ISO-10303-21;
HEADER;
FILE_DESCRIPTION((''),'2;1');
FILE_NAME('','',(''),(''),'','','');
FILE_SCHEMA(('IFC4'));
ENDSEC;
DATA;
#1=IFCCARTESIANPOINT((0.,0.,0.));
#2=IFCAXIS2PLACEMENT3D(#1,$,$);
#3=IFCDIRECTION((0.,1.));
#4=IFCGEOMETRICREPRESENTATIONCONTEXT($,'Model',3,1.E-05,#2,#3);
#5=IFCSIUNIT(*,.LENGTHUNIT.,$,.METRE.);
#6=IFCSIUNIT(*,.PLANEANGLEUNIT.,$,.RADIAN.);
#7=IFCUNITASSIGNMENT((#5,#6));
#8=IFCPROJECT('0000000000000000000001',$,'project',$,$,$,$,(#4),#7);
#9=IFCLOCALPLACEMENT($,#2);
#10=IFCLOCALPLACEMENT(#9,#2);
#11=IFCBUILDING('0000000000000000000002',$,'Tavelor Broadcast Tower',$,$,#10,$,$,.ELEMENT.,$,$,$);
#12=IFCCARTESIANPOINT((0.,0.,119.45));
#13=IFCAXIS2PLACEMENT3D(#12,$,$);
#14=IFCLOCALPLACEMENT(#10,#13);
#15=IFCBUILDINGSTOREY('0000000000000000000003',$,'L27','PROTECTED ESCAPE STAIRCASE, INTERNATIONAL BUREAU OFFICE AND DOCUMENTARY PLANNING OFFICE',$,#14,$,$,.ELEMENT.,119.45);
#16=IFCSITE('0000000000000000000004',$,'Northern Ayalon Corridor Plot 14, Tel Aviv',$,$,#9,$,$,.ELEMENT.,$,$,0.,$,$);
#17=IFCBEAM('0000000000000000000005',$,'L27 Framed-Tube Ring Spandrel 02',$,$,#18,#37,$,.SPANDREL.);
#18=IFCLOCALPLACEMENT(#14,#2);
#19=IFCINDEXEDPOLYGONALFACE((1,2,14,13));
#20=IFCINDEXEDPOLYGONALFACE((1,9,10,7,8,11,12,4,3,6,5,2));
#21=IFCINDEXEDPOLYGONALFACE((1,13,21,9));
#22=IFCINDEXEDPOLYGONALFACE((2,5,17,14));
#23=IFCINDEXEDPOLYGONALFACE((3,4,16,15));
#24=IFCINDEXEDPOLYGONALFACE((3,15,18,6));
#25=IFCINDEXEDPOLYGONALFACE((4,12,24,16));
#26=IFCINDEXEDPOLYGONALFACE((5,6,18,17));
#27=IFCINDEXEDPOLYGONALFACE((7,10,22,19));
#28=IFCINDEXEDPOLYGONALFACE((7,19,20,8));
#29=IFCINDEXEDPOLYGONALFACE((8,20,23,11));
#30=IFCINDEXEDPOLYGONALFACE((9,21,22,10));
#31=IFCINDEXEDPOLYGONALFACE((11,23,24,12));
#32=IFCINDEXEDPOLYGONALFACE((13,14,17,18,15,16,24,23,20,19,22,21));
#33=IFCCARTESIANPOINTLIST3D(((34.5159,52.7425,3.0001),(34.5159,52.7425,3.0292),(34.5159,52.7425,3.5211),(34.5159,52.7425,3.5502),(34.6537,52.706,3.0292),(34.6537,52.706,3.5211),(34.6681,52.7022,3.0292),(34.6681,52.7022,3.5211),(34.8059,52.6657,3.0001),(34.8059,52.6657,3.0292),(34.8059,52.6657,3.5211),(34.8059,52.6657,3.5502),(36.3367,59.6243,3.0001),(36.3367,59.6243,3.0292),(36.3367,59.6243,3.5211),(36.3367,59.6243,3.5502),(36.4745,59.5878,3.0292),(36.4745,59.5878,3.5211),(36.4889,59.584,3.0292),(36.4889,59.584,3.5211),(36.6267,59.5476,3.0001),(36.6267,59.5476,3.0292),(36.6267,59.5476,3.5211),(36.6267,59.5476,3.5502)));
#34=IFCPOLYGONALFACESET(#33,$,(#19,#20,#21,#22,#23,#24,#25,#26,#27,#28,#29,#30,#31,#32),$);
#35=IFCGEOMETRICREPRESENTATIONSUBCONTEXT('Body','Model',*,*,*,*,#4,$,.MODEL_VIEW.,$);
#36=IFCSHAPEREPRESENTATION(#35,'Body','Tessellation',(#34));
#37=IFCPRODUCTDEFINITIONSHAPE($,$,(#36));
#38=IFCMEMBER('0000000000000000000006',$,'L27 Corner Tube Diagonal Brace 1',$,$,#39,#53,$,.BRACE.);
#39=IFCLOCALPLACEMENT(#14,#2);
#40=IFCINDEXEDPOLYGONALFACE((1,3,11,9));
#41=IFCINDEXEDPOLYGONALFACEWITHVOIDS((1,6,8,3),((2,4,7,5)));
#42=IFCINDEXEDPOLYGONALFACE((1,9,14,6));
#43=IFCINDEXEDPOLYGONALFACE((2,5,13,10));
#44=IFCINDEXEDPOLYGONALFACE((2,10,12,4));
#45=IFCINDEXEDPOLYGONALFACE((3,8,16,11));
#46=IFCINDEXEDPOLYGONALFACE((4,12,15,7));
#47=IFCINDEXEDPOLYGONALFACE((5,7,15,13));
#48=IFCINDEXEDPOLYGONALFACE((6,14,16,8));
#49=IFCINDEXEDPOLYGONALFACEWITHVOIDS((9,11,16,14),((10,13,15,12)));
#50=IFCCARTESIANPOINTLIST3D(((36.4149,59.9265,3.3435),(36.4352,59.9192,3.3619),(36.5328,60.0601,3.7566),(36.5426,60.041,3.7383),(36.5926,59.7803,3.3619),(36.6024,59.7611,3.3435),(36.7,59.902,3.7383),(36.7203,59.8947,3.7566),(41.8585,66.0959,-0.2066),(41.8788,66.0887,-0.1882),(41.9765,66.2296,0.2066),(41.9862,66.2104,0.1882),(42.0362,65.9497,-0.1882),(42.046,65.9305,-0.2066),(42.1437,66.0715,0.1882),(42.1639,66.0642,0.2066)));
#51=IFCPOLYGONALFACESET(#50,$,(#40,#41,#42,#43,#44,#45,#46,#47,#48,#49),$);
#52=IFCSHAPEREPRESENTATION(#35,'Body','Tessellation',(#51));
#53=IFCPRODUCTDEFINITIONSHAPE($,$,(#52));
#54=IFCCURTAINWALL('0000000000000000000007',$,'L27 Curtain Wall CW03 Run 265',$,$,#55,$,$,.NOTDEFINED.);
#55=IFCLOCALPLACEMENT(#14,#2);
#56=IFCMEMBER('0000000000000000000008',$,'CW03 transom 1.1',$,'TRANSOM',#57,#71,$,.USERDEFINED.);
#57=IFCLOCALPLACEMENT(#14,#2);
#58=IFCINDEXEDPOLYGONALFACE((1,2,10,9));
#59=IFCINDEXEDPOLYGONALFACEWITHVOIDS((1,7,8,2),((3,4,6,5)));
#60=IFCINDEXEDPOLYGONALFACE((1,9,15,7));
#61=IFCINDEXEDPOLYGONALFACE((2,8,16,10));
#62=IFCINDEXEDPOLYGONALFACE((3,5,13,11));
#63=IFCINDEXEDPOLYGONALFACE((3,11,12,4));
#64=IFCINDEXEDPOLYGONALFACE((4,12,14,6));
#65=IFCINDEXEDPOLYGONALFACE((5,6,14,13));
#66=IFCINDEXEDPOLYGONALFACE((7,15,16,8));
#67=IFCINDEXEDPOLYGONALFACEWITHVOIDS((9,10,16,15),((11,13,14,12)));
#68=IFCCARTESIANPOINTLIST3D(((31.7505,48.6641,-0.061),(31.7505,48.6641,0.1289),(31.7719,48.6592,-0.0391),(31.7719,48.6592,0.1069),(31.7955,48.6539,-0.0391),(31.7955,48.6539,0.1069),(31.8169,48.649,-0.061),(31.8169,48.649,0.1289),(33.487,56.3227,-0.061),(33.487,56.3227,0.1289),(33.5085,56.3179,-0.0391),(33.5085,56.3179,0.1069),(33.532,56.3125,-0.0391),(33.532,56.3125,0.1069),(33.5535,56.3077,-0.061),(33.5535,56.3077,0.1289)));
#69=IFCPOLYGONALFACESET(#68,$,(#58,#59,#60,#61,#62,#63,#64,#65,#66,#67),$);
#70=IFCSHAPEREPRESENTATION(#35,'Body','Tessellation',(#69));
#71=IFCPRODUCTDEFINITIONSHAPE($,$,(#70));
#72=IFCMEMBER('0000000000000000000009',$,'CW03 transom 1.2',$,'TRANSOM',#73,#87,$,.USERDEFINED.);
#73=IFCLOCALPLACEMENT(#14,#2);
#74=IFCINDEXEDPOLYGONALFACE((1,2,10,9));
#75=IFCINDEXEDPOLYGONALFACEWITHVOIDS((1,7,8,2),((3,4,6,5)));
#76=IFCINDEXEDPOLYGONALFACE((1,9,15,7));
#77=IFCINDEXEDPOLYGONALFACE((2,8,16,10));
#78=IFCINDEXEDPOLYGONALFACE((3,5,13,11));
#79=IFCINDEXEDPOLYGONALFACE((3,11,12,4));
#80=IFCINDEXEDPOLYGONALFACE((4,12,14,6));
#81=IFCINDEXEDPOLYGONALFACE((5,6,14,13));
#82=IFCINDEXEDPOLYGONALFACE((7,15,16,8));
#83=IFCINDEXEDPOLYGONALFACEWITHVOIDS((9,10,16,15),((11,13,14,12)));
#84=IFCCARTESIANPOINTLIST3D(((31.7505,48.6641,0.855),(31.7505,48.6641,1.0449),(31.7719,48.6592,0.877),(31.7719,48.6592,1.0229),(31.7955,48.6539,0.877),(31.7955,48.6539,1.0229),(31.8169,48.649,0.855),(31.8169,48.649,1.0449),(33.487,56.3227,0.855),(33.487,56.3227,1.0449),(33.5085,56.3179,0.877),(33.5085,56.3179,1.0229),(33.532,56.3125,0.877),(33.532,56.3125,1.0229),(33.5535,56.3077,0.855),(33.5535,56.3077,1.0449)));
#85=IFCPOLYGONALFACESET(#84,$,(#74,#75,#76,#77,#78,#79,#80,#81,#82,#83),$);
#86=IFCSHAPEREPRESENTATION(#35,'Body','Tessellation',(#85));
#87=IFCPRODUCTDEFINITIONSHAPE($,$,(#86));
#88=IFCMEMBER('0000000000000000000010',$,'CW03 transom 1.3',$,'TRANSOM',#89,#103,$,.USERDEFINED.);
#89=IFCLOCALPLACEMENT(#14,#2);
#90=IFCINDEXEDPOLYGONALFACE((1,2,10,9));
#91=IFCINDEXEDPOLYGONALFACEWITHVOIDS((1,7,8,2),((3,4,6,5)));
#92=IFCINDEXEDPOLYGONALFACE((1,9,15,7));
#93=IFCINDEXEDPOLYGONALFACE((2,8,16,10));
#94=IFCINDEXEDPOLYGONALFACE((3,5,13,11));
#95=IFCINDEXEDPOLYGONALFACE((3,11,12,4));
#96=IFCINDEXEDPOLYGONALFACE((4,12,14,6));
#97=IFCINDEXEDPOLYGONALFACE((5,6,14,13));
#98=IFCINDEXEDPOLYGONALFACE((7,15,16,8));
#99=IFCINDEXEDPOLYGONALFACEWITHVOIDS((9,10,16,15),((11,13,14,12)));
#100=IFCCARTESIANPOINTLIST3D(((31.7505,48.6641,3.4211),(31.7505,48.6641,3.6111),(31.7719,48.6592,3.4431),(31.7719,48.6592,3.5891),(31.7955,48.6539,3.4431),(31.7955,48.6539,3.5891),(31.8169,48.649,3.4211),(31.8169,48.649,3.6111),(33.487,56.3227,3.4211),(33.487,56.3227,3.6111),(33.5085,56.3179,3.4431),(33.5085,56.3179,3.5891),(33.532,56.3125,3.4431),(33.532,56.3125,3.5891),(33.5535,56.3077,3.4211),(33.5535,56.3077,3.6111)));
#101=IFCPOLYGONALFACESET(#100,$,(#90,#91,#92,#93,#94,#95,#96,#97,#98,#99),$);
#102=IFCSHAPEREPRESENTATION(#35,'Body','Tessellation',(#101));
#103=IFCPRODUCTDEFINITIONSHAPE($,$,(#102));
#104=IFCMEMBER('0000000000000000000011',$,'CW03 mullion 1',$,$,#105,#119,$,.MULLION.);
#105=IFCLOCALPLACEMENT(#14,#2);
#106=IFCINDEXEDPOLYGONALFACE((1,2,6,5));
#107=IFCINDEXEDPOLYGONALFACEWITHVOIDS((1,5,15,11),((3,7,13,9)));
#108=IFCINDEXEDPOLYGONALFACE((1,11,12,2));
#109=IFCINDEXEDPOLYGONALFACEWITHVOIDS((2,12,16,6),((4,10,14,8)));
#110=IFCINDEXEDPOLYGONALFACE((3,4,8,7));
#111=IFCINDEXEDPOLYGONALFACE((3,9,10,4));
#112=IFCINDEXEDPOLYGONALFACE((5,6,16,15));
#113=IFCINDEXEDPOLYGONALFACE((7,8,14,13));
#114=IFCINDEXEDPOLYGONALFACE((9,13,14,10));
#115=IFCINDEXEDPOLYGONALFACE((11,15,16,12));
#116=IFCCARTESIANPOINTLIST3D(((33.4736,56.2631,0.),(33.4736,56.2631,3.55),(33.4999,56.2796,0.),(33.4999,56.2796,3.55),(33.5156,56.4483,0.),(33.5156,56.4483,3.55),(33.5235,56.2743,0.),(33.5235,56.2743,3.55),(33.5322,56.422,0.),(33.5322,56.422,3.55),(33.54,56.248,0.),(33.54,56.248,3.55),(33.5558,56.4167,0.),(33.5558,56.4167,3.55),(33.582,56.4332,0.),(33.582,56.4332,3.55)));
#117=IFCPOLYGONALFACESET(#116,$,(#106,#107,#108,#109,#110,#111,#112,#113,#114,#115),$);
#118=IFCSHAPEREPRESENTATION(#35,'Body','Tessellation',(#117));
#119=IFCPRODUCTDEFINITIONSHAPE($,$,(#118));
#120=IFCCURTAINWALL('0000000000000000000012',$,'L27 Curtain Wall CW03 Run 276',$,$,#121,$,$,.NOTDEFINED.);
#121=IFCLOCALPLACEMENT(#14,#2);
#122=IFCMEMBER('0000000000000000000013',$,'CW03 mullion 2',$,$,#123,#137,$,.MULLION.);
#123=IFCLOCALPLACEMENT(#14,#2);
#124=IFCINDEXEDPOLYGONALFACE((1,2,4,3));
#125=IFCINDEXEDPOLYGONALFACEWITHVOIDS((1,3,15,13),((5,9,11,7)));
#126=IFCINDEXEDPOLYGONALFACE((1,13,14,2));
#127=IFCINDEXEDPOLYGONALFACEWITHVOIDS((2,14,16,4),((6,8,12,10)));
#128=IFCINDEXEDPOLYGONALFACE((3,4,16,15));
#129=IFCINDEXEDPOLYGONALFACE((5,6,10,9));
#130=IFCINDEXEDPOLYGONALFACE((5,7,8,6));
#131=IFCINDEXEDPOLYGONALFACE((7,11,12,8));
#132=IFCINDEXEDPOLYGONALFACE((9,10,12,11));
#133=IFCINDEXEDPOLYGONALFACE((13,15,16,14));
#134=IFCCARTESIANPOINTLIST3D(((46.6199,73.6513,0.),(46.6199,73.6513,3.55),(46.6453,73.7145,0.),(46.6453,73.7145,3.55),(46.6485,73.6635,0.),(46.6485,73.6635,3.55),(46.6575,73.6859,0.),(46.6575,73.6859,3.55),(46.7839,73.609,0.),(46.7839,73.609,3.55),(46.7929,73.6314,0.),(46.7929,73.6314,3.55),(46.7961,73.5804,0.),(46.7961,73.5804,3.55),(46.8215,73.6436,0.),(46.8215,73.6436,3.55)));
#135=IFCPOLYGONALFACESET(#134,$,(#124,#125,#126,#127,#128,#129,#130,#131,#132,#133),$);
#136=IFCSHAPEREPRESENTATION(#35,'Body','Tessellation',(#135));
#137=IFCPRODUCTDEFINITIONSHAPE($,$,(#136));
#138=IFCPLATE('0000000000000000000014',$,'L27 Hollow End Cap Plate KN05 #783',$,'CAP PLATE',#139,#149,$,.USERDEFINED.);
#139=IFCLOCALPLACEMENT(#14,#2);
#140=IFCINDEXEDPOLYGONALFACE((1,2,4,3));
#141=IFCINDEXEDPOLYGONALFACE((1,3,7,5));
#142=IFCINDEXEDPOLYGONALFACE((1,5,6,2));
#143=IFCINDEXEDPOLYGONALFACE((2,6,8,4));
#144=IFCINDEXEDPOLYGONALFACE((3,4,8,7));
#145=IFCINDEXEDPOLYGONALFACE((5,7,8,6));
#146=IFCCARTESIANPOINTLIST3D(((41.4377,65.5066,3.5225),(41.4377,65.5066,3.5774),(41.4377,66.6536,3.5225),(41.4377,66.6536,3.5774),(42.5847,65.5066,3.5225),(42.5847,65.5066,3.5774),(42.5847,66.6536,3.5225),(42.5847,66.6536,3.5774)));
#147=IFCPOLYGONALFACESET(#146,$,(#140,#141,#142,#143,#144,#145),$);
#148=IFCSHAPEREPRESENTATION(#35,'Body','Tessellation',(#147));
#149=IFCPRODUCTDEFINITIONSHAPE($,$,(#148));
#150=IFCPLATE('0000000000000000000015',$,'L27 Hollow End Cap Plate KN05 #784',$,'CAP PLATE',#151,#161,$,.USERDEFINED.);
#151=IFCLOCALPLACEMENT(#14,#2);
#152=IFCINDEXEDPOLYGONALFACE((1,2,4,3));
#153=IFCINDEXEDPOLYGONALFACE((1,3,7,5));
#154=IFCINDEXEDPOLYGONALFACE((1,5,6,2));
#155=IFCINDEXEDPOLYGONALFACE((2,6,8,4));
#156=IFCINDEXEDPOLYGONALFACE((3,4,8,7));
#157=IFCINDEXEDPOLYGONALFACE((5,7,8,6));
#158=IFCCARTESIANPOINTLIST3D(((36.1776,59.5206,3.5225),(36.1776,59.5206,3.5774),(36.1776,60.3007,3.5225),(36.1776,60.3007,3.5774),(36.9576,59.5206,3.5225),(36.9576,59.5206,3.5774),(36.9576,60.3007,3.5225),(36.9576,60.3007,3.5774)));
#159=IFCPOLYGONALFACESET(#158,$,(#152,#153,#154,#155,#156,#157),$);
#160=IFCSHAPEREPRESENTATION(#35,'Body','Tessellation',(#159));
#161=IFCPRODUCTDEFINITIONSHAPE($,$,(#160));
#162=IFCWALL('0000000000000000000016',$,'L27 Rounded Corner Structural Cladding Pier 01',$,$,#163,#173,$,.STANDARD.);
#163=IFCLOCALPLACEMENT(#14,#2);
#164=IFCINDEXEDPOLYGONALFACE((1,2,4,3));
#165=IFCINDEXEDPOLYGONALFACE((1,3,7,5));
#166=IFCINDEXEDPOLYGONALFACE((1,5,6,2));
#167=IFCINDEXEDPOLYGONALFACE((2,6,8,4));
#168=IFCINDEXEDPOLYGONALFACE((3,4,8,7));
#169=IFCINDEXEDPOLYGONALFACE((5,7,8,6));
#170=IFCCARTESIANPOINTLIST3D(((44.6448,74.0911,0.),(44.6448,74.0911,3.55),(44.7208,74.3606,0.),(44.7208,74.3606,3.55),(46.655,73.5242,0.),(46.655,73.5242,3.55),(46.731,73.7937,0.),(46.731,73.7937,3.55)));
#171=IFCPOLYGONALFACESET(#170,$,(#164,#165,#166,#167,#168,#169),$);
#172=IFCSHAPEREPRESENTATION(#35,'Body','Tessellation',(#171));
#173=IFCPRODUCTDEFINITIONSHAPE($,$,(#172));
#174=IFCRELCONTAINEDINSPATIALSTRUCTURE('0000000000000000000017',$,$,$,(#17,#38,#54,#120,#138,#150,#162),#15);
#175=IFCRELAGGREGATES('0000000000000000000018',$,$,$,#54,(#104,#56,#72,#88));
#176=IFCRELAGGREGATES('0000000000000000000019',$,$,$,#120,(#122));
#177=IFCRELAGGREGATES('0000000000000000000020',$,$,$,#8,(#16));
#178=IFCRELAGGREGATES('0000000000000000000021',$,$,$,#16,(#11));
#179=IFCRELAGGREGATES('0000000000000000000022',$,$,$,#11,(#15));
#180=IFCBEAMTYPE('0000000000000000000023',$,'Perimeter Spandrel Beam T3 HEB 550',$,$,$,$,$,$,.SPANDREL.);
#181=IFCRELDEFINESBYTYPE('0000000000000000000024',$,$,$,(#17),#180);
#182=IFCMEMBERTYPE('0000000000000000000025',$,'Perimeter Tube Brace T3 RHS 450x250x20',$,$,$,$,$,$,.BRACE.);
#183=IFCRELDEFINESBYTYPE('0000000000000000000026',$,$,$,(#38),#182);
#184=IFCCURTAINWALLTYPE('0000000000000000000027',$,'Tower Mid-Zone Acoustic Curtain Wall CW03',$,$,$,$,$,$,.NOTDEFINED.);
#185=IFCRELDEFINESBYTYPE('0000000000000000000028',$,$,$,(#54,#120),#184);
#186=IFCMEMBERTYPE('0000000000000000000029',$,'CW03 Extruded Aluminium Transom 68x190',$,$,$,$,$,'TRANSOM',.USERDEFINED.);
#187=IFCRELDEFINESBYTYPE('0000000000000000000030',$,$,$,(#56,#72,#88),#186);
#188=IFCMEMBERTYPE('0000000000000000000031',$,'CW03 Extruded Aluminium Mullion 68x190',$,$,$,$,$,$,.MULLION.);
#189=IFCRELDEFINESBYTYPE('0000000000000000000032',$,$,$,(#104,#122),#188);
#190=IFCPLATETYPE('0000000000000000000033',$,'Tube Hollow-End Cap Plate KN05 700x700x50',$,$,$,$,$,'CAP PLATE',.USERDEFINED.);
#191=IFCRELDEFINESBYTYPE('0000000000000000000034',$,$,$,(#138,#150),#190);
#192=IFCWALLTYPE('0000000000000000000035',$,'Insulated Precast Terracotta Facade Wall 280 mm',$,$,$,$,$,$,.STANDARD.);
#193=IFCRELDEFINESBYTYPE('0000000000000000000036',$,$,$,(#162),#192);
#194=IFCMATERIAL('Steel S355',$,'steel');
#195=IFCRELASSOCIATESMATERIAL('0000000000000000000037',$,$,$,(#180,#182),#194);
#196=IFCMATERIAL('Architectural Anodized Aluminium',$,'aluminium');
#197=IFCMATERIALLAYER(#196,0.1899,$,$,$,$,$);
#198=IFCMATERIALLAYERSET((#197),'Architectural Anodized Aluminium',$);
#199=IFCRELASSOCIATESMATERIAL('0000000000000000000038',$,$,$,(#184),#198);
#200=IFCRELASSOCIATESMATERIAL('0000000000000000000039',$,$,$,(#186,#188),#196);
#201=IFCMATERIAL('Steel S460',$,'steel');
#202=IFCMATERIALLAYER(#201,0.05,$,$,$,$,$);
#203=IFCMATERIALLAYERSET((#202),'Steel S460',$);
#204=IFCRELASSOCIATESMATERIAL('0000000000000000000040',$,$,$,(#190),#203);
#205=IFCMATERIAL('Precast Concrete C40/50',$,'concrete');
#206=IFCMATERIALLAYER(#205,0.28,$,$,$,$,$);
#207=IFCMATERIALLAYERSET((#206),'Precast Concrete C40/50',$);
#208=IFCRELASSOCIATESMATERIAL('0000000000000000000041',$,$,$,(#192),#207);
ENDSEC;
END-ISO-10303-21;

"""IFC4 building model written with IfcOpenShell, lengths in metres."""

from ifc_helpers import new_model, si_unit, direction, frame, frame_2d, origin, origin_2d, place, context, subcontext, project, spatial, rectangle, hollow_rectangle, i_section, extrude, source, transform, mapped, material, layer, layer_set, material_profile, profile_set, type_object, type_shapes, element, aggregate, save


model = new_model("IFC4")

# Units and contexts
model_context = context("Model", 3, precision=1e-05, world=origin(), true_north=direction((0.0, 1.0)))
body_context = subcontext(model_context, "Body", "Model", "MODEL_VIEW")
ifc_project = project(units=[si_unit("LENGTHUNIT", "METRE"), si_unit("PLANEANGLEUNIT", "RADIAN")], contexts=[model_context])

# Site, building, storey
site_placement = place(None, origin())
site = spatial("IfcSite", under=ifc_project, at=site_placement, Name="Northern Ayalon Corridor Plot 14, Tel Aviv", CompositionType="ELEMENT", RefElevation=0.0)
building_placement = place(site_placement, origin())
building = spatial("IfcBuilding", under=site, at=building_placement, Name="Tavelor Broadcast Tower", CompositionType="ELEMENT")
storey_placement = place(building_placement, frame((0.0, 0.0, 119.45)))
storey = spatial("IfcBuildingStorey", under=building, at=storey_placement, Name="L27", Description="PROTECTED ESCAPE STAIRCASE, INTERNATIONAL BUREAU OFFICE AND DOCUMENTARY PLANNING OFFICE", CompositionType="ELEMENT", Elevation=119.45)

# Shared definitions
ifc_material_1 = material(Name="Steel S460", Category="steel")

# Beam
ifc_material_2 = material(Name="Steel S355", Category="steel")
ifc_material_profile_1 = material_profile(ifc_material_2, i_section(OverallWidth=0.3, OverallDepth=0.55, WebThickness=0.0149, FlangeThickness=0.0291, at=origin_2d()), Name="HEB 550")
ifc_profile_set_1 = profile_set([ifc_material_profile_1], Name="Steel S355")
beam_type_1 = type_object("IfcBeamType", Name="Perimeter Spandrel Beam T3 HEB 550", PredefinedType="SPANDREL", material=ifc_profile_set_1)
beam_1_placement = place(storey_placement, frame((36.4817, 59.5859, 3.2751), z_axis=(-0.255779, -0.966735, 0.0), x_axis=(0.966735, -0.255779, 0.0)))
element("IfcBeam", 1, at=beam_1_placement, inside=storey, type_object=beam_type_1, Name="L27 Framed-Tube Ring Spandrel 02", PredefinedType="SPANDREL", context=body_context, shape_type="SweptSolid", body=[
    extrude(i_section(OverallWidth=0.3, OverallDepth=0.55, WebThickness=0.0149, FlangeThickness=0.0291, at=origin_2d()), origin(), (0.0, 0.0, 1.0), 7.1187),
])

# Member
ifc_material_profile_2 = material_profile(ifc_material_2, hollow_rectangle(XDim=0.25, YDim=0.45, WallThickness=0.02, at=origin_2d()), Name="RHS 450x250x20")
ifc_profile_set_2 = profile_set([ifc_material_profile_2], Name="Steel S355")
member_type_1 = type_object("IfcMemberType", Name="Perimeter Tube Brace T3 RHS 450x250x20", PredefinedType="BRACE", material=ifc_profile_set_2)
member_1_placement = place(storey_placement, frame((42.0112, 66.0801, 0.0), z_axis=(-0.607485, -0.688484, 0.396171), x_axis=(0.749839, -0.661621, 0.0)))
element("IfcMember", 2, at=member_1_placement, inside=storey, type_object=member_type_1, Name="L27 Corner Tube Diagonal Brace 1", PredefinedType="BRACE", context=body_context, shape_type="SweptSolid", body=[
    extrude(hollow_rectangle(XDim=0.25, YDim=0.45, WallThickness=0.02, at=origin_2d()), origin(), (0.0, 0.0, 1.0), 8.9609),
])

# Curtain wall, members
ifc_material_3 = material(Name="Architectural Anodized Aluminium", Category="aluminium")
ifc_layer_1 = layer(ifc_material_3, 0.1899)
ifc_layer_set_1 = layer_set([ifc_layer_1], Name="Architectural Anodized Aluminium")
curtain_wall_type = type_object("IfcCurtainWallType", Name="Tower Mid-Zone Acoustic Curtain Wall CW03", PredefinedType="NOTDEFINED", material=ifc_layer_set_1)
curtain_wall_1_placement = place(storey_placement, origin())
curtain_wall_1 = element("IfcCurtainWall", 3, at=curtain_wall_1_placement, inside=storey, type_object=curtain_wall_type, Name="L27 Curtain Wall CW03 Run 265", PredefinedType="NOTDEFINED")
ifc_material_profile_3 = material_profile(ifc_material_3, hollow_rectangle(XDim=0.0681, YDim=0.1899, WallThickness=0.022, at=origin_2d()), Name="RHS 68x190x22")
ifc_profile_set_3 = profile_set([ifc_material_profile_3], Name="Architectural Anodized Aluminium")
member_type_2 = type_object("IfcMemberType", Name="CW03 Extruded Aluminium Transom 68x190", ElementType="TRANSOM", PredefinedType="USERDEFINED", material=ifc_profile_set_3)
shared_shape_1 = source(origin(), body_context, "Body", "SweptSolid", [
    extrude(hollow_rectangle(XDim=0.0681, YDim=0.1899, WallThickness=0.022, at=origin_2d()), origin(), (0.0, 0.0, 1.0), 7.853),
])
type_shapes(member_type_2, [shared_shape_1])
member_2_placement = place(storey_placement, frame((33.5203, 56.3152, 0.0339), z_axis=(-0.221132, -0.975244, 0.0), x_axis=(0.975244, -0.221132, 0.0)))
member_2 = element("IfcMember", 4, at=member_2_placement, type_object=member_type_2, Name="CW03 transom 1.1", ObjectType="TRANSOM", PredefinedType="USERDEFINED", context=body_context, shape_type="MappedRepresentation", body=[
    mapped(shared_shape_1, transform((0.0, 0.0, 0.0), scale=1.0)),
])
member_3_placement = place(storey_placement, frame((33.5203, 56.3152, 0.95), z_axis=(-0.221132, -0.975244, 0.0), x_axis=(0.975244, -0.221132, 0.0)))
member_3 = element("IfcMember", 5, at=member_3_placement, type_object=member_type_2, Name="CW03 transom 1.2", ObjectType="TRANSOM", PredefinedType="USERDEFINED", context=body_context, shape_type="MappedRepresentation", body=[
    mapped(shared_shape_1, transform((0.0, 0.0, 0.0), scale=1.0)),
])
member_4_placement = place(storey_placement, frame((33.5203, 56.3152, 3.5161), z_axis=(-0.221132, -0.975244, 0.0), x_axis=(0.975244, -0.221132, 0.0)))
member_4 = element("IfcMember", 6, at=member_4_placement, type_object=member_type_2, Name="CW03 transom 1.3", ObjectType="TRANSOM", PredefinedType="USERDEFINED", context=body_context, shape_type="MappedRepresentation", body=[
    mapped(shared_shape_1, transform((0.0, 0.0, 0.0), scale=1.0)),
])
ifc_material_profile_4 = material_profile(ifc_material_3, hollow_rectangle(XDim=0.0681, YDim=0.1899, WallThickness=0.022, at=origin_2d()), Name="RHS 68x190x22")
ifc_profile_set_4 = profile_set([ifc_material_profile_4], Name="Architectural Anodized Aluminium")
member_type_3 = type_object("IfcMemberType", Name="CW03 Extruded Aluminium Mullion 68x190", PredefinedType="MULLION", material=ifc_profile_set_4)
shared_shape_2 = source(origin(), body_context, "Body", "SweptSolid", [
    extrude(hollow_rectangle(XDim=0.0681, YDim=0.1899, WallThickness=0.022, at=origin_2d()), origin(), (0.0, 0.0, 1.0), 3.55),
])
type_shapes(member_type_3, [shared_shape_2])
member_5_placement = place(storey_placement, frame((33.5278, 56.3481, 0.0), z_axis=(0.0, 0.0, 1.0), x_axis=(0.975242, -0.221142, 0.0)))
member_5 = element("IfcMember", 7, at=member_5_placement, type_object=member_type_3, Name="CW03 mullion 1", PredefinedType="MULLION", context=body_context, shape_type="MappedRepresentation", body=[
    mapped(shared_shape_2, transform((0.0, 0.0, 0.0), scale=1.0)),
])
aggregate(curtain_wall_1, [member_5, member_2, member_3, member_4])

# Curtain wall, member
curtain_wall_2_placement = place(storey_placement, origin())
curtain_wall_2 = element("IfcCurtainWall", 8, at=curtain_wall_2_placement, inside=storey, type_object=curtain_wall_type, Name="L27 Curtain Wall CW03 Run 276", PredefinedType="NOTDEFINED")
member_6_placement = place(storey_placement, frame((46.7207, 73.6475, 0.0), z_axis=(0.0, 0.0, 1.0), x_axis=(-0.373371, -0.927682, 0.0)))
member_6 = element("IfcMember", 9, at=member_6_placement, type_object=member_type_3, Name="CW03 mullion 2", PredefinedType="MULLION", context=body_context, shape_type="MappedRepresentation", body=[
    mapped(shared_shape_2, transform((0.0, 0.0, 0.0), scale=1.0)),
])
aggregate(curtain_wall_2, [member_6])

# Plates
ifc_layer_2 = layer(ifc_material_1, 0.05)
ifc_layer_set_2 = layer_set([ifc_layer_2], Name="Steel S460")
plate_type = type_object("IfcPlateType", Name="Tube Hollow-End Cap Plate KN05 700x700x50", ElementType="CAP PLATE", PredefinedType="USERDEFINED", material=ifc_layer_set_2)
shared_shape_3 = source(origin(), body_context, "Body", "SweptSolid", [
    extrude(rectangle(XDim=1.147, YDim=1.147, at=origin_2d()), origin(), (0.0, 0.0, 1.0), 0.0549),
])
plate_1_placement = place(storey_placement, frame((42.0112, 66.0801, 3.5225), z_axis=(0.0, 0.0, 1.0), x_axis=(1.0, 0.0, 0.0)))
element("IfcPlate", 10, at=plate_1_placement, inside=storey, type_object=plate_type, Name="L27 Hollow End Cap Plate KN05 #783", ObjectType="CAP PLATE", PredefinedType="USERDEFINED", context=body_context, shape_type="MappedRepresentation", body=[
    mapped(shared_shape_3, transform((0.0, 0.0, 0.0), scale=1.0)),
])
shared_shape_4 = source(origin(), body_context, "Body", "SweptSolid", [
    extrude(rectangle(XDim=0.78, YDim=0.78, at=origin_2d()), origin(), (0.0, 0.0, 1.0), 0.0549),
])
type_shapes(plate_type, [shared_shape_3, shared_shape_4])
plate_2_placement = place(storey_placement, frame((36.5676, 59.9106, 3.5225), z_axis=(0.0, 0.0, 1.0), x_axis=(1.0, 0.0, 0.0)))
element("IfcPlate", 11, at=plate_2_placement, inside=storey, type_object=plate_type, Name="L27 Hollow End Cap Plate KN05 #784", ObjectType="CAP PLATE", PredefinedType="USERDEFINED", context=body_context, shape_type="MappedRepresentation", body=[
    mapped(shared_shape_4, transform((0.0, 0.0, 0.0), scale=1.0)),
])

# Wall
ifc_material_4 = material(Name="Precast Concrete C40/50", Category="concrete")
ifc_layer_3 = layer(ifc_material_4, 0.28)
ifc_layer_set_3 = layer_set([ifc_layer_3], Name="Precast Concrete C40/50")
wall_type_1 = type_object("IfcWallType", Name="Insulated Precast Terracotta Facade Wall 280 mm", PredefinedType="STANDARD", material=ifc_layer_set_3)
wall_1_placement = place(storey_placement, frame((46.6931, 73.6589, 0.0), z_axis=(0.0, 0.0, 1.0), x_axis=(-0.962462, 0.271416, 0.0)))
element("IfcWall", 12, at=wall_1_placement, inside=storey, type_object=wall_type_1, Name="L27 Rounded Corner Structural Cladding Pier 01", PredefinedType="STANDARD", context=body_context, shape_type="SweptSolid", body=[
    extrude(rectangle(XDim=2.0886, YDim=0.28, at=frame_2d((1.0444, 0.0))), origin(), (0.0, 0.0, 1.0), 3.55),
])

save(model, "model.ifc")
